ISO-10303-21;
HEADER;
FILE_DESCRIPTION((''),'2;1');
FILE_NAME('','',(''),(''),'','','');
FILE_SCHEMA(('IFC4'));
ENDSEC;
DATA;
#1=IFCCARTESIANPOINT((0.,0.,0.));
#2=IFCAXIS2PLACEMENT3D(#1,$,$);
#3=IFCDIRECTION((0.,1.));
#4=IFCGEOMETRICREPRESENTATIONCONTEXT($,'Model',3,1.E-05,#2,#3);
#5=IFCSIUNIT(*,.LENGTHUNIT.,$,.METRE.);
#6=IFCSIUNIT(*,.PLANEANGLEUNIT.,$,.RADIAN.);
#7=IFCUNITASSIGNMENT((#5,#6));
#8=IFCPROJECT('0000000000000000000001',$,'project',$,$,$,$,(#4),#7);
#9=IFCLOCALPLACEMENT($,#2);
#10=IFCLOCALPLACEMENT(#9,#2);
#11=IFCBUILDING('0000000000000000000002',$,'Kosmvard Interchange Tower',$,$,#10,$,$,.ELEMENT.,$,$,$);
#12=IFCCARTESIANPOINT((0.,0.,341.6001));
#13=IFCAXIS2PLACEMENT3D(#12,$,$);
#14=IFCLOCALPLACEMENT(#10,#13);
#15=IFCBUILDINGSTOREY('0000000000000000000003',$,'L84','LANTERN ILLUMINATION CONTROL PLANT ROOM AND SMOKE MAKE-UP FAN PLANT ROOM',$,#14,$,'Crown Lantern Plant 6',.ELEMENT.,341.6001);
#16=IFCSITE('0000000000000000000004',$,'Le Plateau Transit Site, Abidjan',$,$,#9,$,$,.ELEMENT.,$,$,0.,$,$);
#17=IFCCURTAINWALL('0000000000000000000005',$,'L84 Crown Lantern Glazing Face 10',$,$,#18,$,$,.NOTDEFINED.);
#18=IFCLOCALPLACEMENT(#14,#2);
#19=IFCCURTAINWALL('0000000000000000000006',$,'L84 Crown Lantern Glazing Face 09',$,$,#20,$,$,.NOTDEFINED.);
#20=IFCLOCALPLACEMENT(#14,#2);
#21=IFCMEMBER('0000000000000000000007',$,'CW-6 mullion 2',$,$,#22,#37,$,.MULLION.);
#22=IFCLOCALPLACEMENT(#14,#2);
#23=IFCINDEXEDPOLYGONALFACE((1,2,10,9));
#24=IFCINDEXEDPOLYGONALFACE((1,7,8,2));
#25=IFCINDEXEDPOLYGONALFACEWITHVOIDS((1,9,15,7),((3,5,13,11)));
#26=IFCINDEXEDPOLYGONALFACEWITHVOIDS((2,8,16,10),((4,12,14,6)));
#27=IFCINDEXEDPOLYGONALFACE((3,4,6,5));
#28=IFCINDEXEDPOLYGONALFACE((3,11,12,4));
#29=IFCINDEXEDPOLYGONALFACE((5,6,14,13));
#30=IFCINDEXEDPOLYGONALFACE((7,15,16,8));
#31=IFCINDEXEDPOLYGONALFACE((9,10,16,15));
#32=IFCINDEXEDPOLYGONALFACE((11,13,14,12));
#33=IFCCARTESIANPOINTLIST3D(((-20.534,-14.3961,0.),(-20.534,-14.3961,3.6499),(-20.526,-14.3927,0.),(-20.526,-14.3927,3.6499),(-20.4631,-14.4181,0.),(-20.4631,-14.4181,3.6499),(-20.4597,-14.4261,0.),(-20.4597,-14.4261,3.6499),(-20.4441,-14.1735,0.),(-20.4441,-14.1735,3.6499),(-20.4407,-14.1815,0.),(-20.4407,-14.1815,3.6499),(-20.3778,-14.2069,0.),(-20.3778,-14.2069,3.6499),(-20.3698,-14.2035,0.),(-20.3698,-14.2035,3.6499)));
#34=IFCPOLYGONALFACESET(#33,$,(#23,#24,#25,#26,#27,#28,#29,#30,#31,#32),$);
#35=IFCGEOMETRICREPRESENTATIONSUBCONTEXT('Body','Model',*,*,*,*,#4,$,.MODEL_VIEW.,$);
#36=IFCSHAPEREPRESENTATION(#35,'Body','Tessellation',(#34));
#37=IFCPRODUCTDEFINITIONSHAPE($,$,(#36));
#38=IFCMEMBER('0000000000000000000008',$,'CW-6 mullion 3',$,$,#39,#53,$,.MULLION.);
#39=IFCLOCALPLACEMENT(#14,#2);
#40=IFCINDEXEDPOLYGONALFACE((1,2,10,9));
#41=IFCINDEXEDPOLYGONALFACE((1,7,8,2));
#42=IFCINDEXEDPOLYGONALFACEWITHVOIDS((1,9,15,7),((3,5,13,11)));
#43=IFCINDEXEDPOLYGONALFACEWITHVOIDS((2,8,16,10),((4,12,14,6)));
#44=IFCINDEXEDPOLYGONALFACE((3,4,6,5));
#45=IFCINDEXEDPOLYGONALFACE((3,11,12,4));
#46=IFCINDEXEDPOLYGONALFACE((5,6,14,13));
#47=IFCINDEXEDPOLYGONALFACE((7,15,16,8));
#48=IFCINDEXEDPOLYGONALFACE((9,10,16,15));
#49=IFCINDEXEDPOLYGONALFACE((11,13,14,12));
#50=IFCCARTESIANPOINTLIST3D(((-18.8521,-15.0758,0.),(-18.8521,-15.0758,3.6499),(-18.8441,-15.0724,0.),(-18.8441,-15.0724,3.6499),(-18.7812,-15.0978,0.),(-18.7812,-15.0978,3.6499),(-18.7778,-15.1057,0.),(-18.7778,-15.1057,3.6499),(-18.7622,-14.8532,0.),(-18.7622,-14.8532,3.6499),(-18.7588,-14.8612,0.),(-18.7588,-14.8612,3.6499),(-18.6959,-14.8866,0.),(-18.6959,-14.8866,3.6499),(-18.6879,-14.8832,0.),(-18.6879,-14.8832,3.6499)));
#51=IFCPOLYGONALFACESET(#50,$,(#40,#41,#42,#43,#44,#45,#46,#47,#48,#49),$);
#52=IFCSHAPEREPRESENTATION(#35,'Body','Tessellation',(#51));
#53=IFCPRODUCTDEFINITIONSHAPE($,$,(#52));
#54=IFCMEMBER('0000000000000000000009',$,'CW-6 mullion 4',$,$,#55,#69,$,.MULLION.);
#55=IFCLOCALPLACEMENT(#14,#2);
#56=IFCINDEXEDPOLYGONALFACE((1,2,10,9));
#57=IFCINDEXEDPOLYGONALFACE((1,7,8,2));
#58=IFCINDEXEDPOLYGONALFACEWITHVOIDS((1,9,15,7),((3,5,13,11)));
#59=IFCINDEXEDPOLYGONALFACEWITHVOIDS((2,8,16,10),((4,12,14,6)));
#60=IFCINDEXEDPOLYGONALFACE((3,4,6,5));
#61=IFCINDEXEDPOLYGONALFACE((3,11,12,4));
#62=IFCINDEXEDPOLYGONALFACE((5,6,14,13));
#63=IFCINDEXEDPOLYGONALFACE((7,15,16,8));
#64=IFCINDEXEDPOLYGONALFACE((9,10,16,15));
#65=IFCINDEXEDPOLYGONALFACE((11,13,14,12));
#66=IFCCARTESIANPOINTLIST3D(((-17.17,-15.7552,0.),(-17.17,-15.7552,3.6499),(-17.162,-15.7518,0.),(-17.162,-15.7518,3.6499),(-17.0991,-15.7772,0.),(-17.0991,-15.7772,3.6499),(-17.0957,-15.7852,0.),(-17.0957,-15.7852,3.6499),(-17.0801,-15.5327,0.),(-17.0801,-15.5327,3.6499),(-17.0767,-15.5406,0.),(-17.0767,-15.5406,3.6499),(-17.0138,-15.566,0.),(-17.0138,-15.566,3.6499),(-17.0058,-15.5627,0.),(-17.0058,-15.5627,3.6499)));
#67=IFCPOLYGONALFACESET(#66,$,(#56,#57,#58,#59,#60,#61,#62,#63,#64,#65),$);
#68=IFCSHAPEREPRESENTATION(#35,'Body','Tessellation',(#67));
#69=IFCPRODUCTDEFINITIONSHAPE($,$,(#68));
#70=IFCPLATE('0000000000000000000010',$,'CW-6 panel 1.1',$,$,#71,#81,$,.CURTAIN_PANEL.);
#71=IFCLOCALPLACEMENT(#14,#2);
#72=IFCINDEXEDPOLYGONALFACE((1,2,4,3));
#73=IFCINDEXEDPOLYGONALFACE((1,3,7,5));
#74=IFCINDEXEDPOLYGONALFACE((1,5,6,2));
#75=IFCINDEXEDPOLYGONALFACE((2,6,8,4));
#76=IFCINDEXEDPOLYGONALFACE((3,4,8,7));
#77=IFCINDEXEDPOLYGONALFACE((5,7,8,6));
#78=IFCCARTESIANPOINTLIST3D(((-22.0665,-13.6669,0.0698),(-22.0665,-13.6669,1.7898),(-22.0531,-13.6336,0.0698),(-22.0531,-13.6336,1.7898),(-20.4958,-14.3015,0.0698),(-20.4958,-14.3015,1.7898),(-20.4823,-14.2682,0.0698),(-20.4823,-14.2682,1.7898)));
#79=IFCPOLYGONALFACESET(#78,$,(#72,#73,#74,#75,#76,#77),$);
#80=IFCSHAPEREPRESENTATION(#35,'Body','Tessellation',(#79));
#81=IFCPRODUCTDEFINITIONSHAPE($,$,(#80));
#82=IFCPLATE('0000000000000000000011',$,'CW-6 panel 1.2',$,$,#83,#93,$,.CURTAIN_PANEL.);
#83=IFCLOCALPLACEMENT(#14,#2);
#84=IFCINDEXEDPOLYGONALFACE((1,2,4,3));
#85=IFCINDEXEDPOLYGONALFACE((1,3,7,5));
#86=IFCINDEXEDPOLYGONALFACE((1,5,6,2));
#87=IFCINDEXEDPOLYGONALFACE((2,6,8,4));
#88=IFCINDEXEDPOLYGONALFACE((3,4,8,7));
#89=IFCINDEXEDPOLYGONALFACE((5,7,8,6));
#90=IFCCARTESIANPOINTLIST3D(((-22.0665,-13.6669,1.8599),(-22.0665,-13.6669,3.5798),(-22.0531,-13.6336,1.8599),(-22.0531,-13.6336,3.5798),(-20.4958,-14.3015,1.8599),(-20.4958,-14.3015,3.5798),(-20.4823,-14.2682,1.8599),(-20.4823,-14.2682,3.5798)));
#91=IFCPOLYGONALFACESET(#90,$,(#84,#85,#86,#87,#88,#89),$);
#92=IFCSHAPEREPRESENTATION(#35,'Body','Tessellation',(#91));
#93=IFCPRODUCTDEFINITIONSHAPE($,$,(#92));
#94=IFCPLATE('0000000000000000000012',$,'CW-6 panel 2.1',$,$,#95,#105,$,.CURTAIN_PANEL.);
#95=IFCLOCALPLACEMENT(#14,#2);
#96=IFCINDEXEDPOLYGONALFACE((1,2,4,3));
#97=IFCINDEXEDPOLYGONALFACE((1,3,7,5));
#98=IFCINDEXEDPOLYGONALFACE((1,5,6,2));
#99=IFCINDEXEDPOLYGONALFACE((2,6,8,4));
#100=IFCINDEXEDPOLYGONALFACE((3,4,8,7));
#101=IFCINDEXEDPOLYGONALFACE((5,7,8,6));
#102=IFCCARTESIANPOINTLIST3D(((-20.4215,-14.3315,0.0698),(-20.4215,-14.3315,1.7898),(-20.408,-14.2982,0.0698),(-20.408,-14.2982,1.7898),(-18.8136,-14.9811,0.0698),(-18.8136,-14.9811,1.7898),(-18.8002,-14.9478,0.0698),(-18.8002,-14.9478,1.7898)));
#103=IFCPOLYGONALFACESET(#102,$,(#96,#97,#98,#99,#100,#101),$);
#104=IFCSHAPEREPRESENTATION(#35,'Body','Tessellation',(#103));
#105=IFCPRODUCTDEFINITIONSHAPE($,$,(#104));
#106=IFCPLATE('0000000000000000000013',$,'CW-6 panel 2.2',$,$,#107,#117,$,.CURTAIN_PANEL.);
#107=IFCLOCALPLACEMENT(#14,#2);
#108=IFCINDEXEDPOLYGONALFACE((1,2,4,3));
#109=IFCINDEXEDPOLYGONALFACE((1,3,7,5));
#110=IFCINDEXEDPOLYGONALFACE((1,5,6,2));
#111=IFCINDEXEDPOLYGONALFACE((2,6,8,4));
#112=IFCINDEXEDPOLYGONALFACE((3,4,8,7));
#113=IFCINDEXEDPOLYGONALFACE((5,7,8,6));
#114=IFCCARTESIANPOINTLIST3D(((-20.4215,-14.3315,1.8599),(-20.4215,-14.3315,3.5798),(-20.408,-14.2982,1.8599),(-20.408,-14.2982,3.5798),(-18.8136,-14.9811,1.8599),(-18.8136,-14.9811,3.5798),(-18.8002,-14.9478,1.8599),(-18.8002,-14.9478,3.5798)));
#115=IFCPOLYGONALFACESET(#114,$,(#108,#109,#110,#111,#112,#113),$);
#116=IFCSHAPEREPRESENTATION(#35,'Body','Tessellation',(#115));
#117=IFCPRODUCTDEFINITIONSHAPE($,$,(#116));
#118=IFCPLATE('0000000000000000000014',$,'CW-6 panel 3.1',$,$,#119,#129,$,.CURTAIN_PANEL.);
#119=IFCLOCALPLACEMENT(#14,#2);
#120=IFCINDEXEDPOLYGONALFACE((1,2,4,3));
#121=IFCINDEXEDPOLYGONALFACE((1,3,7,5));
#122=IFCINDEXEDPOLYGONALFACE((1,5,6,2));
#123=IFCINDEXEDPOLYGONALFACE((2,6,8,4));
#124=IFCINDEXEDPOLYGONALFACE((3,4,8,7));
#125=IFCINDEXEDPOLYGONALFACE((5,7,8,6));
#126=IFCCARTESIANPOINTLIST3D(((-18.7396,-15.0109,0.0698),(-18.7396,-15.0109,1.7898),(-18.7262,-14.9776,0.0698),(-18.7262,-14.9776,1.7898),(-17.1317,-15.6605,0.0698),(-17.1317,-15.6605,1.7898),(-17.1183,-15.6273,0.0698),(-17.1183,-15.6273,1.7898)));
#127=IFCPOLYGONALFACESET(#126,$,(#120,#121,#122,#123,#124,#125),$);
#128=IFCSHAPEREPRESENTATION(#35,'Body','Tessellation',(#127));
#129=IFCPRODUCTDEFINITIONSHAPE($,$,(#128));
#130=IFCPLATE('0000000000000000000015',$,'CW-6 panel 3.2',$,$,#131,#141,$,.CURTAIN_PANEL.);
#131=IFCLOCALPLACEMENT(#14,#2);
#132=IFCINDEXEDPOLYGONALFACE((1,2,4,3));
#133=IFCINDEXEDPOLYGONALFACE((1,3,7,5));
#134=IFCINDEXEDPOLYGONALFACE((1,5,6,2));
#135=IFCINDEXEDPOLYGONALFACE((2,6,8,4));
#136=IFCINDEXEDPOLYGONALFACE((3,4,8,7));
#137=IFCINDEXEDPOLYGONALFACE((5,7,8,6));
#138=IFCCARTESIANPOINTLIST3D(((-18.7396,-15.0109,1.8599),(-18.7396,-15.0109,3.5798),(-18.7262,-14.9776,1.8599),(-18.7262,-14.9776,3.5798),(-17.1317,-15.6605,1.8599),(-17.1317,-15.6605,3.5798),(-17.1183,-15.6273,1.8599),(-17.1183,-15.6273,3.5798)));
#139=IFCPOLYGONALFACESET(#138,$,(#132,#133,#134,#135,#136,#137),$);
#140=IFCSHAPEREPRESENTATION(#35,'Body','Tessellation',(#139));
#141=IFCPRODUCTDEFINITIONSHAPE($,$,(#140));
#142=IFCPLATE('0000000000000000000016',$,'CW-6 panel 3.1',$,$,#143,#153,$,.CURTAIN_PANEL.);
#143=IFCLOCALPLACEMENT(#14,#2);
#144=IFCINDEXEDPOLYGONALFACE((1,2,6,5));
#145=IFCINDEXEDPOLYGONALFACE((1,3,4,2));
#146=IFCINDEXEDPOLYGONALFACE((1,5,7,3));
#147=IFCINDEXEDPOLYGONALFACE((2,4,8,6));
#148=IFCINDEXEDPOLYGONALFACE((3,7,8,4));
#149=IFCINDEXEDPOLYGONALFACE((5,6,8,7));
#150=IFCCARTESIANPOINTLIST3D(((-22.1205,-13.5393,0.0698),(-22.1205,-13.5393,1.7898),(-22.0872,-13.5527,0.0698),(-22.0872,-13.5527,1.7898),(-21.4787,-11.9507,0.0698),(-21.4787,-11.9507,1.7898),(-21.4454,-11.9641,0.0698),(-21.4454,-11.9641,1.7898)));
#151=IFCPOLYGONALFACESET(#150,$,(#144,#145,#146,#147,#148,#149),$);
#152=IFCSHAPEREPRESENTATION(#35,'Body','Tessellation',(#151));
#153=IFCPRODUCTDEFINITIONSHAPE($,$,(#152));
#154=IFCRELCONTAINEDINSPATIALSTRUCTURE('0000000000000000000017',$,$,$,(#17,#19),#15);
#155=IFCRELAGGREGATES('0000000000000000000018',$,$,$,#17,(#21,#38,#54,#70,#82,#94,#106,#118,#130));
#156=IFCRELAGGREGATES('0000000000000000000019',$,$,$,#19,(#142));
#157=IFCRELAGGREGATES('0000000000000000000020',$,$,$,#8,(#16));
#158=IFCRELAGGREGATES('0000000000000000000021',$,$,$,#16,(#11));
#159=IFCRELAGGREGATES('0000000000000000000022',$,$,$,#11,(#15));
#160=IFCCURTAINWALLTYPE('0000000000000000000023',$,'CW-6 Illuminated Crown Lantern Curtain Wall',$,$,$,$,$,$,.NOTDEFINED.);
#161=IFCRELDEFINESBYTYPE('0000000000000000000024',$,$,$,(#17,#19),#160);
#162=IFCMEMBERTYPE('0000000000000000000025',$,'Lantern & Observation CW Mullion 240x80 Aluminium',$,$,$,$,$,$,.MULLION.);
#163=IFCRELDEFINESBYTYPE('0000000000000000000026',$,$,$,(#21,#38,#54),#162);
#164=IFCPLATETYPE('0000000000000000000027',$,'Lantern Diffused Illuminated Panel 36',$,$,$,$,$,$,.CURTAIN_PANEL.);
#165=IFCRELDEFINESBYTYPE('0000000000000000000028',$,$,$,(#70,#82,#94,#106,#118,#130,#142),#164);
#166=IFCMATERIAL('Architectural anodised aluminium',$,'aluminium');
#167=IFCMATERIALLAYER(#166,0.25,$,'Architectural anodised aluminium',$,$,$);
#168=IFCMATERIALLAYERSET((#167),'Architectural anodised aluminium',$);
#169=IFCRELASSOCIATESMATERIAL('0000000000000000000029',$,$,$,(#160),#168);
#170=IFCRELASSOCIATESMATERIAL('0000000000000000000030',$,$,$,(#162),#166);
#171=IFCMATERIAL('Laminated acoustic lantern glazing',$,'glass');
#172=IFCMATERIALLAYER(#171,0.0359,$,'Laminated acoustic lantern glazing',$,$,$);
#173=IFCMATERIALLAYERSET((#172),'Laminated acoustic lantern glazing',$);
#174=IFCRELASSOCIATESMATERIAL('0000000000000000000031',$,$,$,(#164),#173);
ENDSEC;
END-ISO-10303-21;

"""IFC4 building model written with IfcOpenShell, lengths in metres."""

from ifc_helpers import new_model, si_unit, direction, frame, origin, origin_2d, place, context, subcontext, project, spatial, rectangle, hollow_rectangle, extrude, source, transform, mapped, material, layer, layer_set, material_profile, profile_set, type_object, element, aggregate, save


model = new_model("IFC4")

# Units and contexts
model_context = context("Model", 3, precision=1e-05, world=origin(), true_north=direction((0.0, 1.0)))
body_context = subcontext(model_context, "Body", "Model", "MODEL_VIEW")
ifc_project = project(units=[si_unit("LENGTHUNIT", "METRE"), si_unit("PLANEANGLEUNIT", "RADIAN")], contexts=[model_context])

# Site, building, storey
site_placement = place(None, origin())
site = spatial("IfcSite", under=ifc_project, at=site_placement, Name="Le Plateau Transit Site, Abidjan", CompositionType="ELEMENT", RefElevation=0.0)
building_placement = place(site_placement, origin())
building = spatial("IfcBuilding", under=site, at=building_placement, Name="Kosmvard Interchange Tower", CompositionType="ELEMENT")
storey_placement = place(building_placement, frame((0.0, 0.0, 341.6001)))
storey = spatial("IfcBuildingStorey", under=building, at=storey_placement, Name="L84", Description="LANTERN ILLUMINATION CONTROL PLANT ROOM AND SMOKE MAKE-UP FAN PLANT ROOM", LongName="Crown Lantern Plant 6", CompositionType="ELEMENT", Elevation=341.6001)

# Curtain wall
ifc_material_1 = material(Name="Architectural anodised aluminium", Category="aluminium")
ifc_layer_1 = layer(ifc_material_1, 0.25, Name="Architectural anodised aluminium")
ifc_layer_set_1 = layer_set([ifc_layer_1], Name="Architectural anodised aluminium")
curtain_wall_type = type_object("IfcCurtainWallType", Name="CW-6 Illuminated Crown Lantern Curtain Wall", PredefinedType="NOTDEFINED", material=ifc_layer_set_1)
curtain_wall_1_placement = place(storey_placement, origin())
curtain_wall_1 = element("IfcCurtainWall", 1, at=curtain_wall_1_placement, inside=storey, type_object=curtain_wall_type, Name="L84 Crown Lantern Glazing Face 10", PredefinedType="NOTDEFINED")

# Curtain wall
curtain_wall_2_placement = place(storey_placement, origin())
curtain_wall_2 = element("IfcCurtainWall", 2, at=curtain_wall_2_placement, inside=storey, type_object=curtain_wall_type, Name="L84 Crown Lantern Glazing Face 09", PredefinedType="NOTDEFINED")
ifc_material_profile_1 = material_profile(ifc_material_1, hollow_rectangle(XDim=0.24, YDim=0.0801, WallThickness=0.0061, at=origin_2d()), Name="CWM 240x80x6")
ifc_profile_set_1 = profile_set([ifc_material_profile_1], Name="Architectural anodised aluminium")
member_type_1 = type_object("IfcMemberType", Name="Lantern & Observation CW Mullion 240x80 Aluminium", PredefinedType="MULLION", material=ifc_profile_set_1)
shared_shape_1 = source(origin(), body_context, "Body", "SweptSolid", [
    extrude(hollow_rectangle(XDim=0.24, YDim=0.0801, WallThickness=0.0061, at=origin_2d()), origin(), (0.0, 0.0, 1.0), 3.6499),
])

# Members
member_1_placement = place(storey_placement, frame((-20.4519, -14.2998, 0.0), z_axis=(0.0, 0.0, 1.0), x_axis=(0.374607, 0.927184, 0.0)))
member_1 = element("IfcMember", 3, at=member_1_placement, type_object=member_type_1, Name="CW-6 mullion 2", PredefinedType="MULLION", context=body_context, shape_type="MappedRepresentation", body=[
    mapped(shared_shape_1, transform((0.0, 0.0, 0.0), scale=1.0)),
])
member_2_placement = place(storey_placement, frame((-18.77, -14.9795, 0.0), z_axis=(0.0, 0.0, 1.0), x_axis=(0.374607, 0.927184, 0.0)))
member_2 = element("IfcMember", 4, at=member_2_placement, type_object=member_type_1, Name="CW-6 mullion 3", PredefinedType="MULLION", context=body_context, shape_type="MappedRepresentation", body=[
    mapped(shared_shape_1, transform((0.0, 0.0, 0.0), scale=1.0)),
])
member_3_placement = place(storey_placement, frame((-17.0879, -15.6589, 0.0), z_axis=(0.0, 0.0, 1.0), x_axis=(0.374607, 0.927184, 0.0)))
member_3 = element("IfcMember", 5, at=member_3_placement, type_object=member_type_1, Name="CW-6 mullion 4", PredefinedType="MULLION", context=body_context, shape_type="MappedRepresentation", body=[
    mapped(shared_shape_1, transform((0.0, 0.0, 0.0), scale=1.0)),
])

# Plates
ifc_material_2 = material(Name="Laminated acoustic lantern glazing", Category="glass")
ifc_layer_2 = layer(ifc_material_2, 0.0359, Name="Laminated acoustic lantern glazing")
ifc_layer_set_2 = layer_set([ifc_layer_2], Name="Laminated acoustic lantern glazing")
plate_type = type_object("IfcPlateType", Name="Lantern Diffused Illuminated Panel 36", PredefinedType="CURTAIN_PANEL", material=ifc_layer_set_2)
shared_shape_2 = source(origin(), body_context, "Body", "SweptSolid", [
    extrude(rectangle(XDim=1.6941, YDim=0.0359, at=origin_2d()), origin(), (0.0, 0.0, 1.0), 1.72),
])
plate_1_placement = place(storey_placement, frame((-21.2744, -13.9675, 0.0698), z_axis=(0.0, 0.0, 1.0), x_axis=(0.927184, -0.374607, 0.0)))
plate_1 = element("IfcPlate", 6, at=plate_1_placement, type_object=plate_type, Name="CW-6 panel 1.1", PredefinedType="CURTAIN_PANEL", context=body_context, shape_type="MappedRepresentation", body=[
    mapped(shared_shape_2, transform((0.0, 0.0, 0.0), scale=1.0)),
])
plate_2_placement = place(storey_placement, frame((-21.2744, -13.9675, 1.8599), z_axis=(0.0, 0.0, 1.0), x_axis=(0.927184, -0.374607, 0.0)))
plate_2 = element("IfcPlate", 7, at=plate_2_placement, type_object=plate_type, Name="CW-6 panel 1.2", PredefinedType="CURTAIN_PANEL", context=body_context, shape_type="MappedRepresentation", body=[
    mapped(shared_shape_2, transform((0.0, 0.0, 0.0), scale=1.0)),
])
shared_shape_3 = source(origin(), body_context, "Body", "SweptSolid", [
    extrude(rectangle(XDim=1.7341, YDim=0.0359, at=origin_2d()), origin(), (0.0, 0.0, 1.0), 1.72),
])
plate_3_placement = place(storey_placement, frame((-19.6108, -14.6396, 0.0698), z_axis=(0.0, 0.0, 1.0), x_axis=(0.927184, -0.374607, 0.0)))
plate_3 = element("IfcPlate", 8, at=plate_3_placement, type_object=plate_type, Name="CW-6 panel 2.1", PredefinedType="CURTAIN_PANEL", context=body_context, shape_type="MappedRepresentation", body=[
    mapped(shared_shape_3, transform((0.0, 0.0, 0.0), scale=1.0)),
])
plate_4_placement = place(storey_placement, frame((-19.6108, -14.6396, 1.8599), z_axis=(0.0, 0.0, 1.0), x_axis=(0.927184, -0.374607, 0.0)))
plate_4 = element("IfcPlate", 9, at=plate_4_placement, type_object=plate_type, Name="CW-6 panel 2.2", PredefinedType="CURTAIN_PANEL", context=body_context, shape_type="MappedRepresentation", body=[
    mapped(shared_shape_3, transform((0.0, 0.0, 0.0), scale=1.0)),
])
plate_5_placement = place(storey_placement, frame((-17.929, -15.3191, 0.0698), z_axis=(0.0, 0.0, 1.0), x_axis=(0.927184, -0.374607, 0.0)))
plate_5 = element("IfcPlate", 10, at=plate_5_placement, type_object=plate_type, Name="CW-6 panel 3.1", PredefinedType="CURTAIN_PANEL", context=body_context, shape_type="MappedRepresentation", body=[
    mapped(shared_shape_3, transform((0.0, 0.0, 0.0), scale=1.0)),
])
plate_6_placement = place(storey_placement, frame((-17.929, -15.3191, 1.8599), z_axis=(0.0, 0.0, 1.0), x_axis=(0.927184, -0.374607, 0.0)))
plate_6 = element("IfcPlate", 11, at=plate_6_placement, type_object=plate_type, Name="CW-6 panel 3.2", PredefinedType="CURTAIN_PANEL", context=body_context, shape_type="MappedRepresentation", body=[
    mapped(shared_shape_3, transform((0.0, 0.0, 0.0), scale=1.0)),
])
aggregate(curtain_wall_1, [member_1, member_2, member_3, plate_1, plate_2, plate_3, plate_4, plate_5, plate_6])
shared_shape_4 = source(origin(), body_context, "Body", "SweptSolid", [
    extrude(rectangle(XDim=1.7134, YDim=0.0359, at=origin_2d()), origin(), (0.0, 0.0, 1.0), 1.72),
])
plate_7_placement = place(storey_placement, frame((-21.783, -12.7517, 0.0698), z_axis=(0.0, 0.0, 1.0), x_axis=(-0.374607, -0.927184, 0.0)))
plate_7 = element("IfcPlate", 12, at=plate_7_placement, type_object=plate_type, Name="CW-6 panel 3.1", PredefinedType="CURTAIN_PANEL", context=body_context, shape_type="MappedRepresentation", body=[
    mapped(shared_shape_4, transform((0.0, 0.0, 0.0), scale=1.0)),
])
aggregate(curtain_wall_2, [plate_7])

save(model, "model.ifc")
